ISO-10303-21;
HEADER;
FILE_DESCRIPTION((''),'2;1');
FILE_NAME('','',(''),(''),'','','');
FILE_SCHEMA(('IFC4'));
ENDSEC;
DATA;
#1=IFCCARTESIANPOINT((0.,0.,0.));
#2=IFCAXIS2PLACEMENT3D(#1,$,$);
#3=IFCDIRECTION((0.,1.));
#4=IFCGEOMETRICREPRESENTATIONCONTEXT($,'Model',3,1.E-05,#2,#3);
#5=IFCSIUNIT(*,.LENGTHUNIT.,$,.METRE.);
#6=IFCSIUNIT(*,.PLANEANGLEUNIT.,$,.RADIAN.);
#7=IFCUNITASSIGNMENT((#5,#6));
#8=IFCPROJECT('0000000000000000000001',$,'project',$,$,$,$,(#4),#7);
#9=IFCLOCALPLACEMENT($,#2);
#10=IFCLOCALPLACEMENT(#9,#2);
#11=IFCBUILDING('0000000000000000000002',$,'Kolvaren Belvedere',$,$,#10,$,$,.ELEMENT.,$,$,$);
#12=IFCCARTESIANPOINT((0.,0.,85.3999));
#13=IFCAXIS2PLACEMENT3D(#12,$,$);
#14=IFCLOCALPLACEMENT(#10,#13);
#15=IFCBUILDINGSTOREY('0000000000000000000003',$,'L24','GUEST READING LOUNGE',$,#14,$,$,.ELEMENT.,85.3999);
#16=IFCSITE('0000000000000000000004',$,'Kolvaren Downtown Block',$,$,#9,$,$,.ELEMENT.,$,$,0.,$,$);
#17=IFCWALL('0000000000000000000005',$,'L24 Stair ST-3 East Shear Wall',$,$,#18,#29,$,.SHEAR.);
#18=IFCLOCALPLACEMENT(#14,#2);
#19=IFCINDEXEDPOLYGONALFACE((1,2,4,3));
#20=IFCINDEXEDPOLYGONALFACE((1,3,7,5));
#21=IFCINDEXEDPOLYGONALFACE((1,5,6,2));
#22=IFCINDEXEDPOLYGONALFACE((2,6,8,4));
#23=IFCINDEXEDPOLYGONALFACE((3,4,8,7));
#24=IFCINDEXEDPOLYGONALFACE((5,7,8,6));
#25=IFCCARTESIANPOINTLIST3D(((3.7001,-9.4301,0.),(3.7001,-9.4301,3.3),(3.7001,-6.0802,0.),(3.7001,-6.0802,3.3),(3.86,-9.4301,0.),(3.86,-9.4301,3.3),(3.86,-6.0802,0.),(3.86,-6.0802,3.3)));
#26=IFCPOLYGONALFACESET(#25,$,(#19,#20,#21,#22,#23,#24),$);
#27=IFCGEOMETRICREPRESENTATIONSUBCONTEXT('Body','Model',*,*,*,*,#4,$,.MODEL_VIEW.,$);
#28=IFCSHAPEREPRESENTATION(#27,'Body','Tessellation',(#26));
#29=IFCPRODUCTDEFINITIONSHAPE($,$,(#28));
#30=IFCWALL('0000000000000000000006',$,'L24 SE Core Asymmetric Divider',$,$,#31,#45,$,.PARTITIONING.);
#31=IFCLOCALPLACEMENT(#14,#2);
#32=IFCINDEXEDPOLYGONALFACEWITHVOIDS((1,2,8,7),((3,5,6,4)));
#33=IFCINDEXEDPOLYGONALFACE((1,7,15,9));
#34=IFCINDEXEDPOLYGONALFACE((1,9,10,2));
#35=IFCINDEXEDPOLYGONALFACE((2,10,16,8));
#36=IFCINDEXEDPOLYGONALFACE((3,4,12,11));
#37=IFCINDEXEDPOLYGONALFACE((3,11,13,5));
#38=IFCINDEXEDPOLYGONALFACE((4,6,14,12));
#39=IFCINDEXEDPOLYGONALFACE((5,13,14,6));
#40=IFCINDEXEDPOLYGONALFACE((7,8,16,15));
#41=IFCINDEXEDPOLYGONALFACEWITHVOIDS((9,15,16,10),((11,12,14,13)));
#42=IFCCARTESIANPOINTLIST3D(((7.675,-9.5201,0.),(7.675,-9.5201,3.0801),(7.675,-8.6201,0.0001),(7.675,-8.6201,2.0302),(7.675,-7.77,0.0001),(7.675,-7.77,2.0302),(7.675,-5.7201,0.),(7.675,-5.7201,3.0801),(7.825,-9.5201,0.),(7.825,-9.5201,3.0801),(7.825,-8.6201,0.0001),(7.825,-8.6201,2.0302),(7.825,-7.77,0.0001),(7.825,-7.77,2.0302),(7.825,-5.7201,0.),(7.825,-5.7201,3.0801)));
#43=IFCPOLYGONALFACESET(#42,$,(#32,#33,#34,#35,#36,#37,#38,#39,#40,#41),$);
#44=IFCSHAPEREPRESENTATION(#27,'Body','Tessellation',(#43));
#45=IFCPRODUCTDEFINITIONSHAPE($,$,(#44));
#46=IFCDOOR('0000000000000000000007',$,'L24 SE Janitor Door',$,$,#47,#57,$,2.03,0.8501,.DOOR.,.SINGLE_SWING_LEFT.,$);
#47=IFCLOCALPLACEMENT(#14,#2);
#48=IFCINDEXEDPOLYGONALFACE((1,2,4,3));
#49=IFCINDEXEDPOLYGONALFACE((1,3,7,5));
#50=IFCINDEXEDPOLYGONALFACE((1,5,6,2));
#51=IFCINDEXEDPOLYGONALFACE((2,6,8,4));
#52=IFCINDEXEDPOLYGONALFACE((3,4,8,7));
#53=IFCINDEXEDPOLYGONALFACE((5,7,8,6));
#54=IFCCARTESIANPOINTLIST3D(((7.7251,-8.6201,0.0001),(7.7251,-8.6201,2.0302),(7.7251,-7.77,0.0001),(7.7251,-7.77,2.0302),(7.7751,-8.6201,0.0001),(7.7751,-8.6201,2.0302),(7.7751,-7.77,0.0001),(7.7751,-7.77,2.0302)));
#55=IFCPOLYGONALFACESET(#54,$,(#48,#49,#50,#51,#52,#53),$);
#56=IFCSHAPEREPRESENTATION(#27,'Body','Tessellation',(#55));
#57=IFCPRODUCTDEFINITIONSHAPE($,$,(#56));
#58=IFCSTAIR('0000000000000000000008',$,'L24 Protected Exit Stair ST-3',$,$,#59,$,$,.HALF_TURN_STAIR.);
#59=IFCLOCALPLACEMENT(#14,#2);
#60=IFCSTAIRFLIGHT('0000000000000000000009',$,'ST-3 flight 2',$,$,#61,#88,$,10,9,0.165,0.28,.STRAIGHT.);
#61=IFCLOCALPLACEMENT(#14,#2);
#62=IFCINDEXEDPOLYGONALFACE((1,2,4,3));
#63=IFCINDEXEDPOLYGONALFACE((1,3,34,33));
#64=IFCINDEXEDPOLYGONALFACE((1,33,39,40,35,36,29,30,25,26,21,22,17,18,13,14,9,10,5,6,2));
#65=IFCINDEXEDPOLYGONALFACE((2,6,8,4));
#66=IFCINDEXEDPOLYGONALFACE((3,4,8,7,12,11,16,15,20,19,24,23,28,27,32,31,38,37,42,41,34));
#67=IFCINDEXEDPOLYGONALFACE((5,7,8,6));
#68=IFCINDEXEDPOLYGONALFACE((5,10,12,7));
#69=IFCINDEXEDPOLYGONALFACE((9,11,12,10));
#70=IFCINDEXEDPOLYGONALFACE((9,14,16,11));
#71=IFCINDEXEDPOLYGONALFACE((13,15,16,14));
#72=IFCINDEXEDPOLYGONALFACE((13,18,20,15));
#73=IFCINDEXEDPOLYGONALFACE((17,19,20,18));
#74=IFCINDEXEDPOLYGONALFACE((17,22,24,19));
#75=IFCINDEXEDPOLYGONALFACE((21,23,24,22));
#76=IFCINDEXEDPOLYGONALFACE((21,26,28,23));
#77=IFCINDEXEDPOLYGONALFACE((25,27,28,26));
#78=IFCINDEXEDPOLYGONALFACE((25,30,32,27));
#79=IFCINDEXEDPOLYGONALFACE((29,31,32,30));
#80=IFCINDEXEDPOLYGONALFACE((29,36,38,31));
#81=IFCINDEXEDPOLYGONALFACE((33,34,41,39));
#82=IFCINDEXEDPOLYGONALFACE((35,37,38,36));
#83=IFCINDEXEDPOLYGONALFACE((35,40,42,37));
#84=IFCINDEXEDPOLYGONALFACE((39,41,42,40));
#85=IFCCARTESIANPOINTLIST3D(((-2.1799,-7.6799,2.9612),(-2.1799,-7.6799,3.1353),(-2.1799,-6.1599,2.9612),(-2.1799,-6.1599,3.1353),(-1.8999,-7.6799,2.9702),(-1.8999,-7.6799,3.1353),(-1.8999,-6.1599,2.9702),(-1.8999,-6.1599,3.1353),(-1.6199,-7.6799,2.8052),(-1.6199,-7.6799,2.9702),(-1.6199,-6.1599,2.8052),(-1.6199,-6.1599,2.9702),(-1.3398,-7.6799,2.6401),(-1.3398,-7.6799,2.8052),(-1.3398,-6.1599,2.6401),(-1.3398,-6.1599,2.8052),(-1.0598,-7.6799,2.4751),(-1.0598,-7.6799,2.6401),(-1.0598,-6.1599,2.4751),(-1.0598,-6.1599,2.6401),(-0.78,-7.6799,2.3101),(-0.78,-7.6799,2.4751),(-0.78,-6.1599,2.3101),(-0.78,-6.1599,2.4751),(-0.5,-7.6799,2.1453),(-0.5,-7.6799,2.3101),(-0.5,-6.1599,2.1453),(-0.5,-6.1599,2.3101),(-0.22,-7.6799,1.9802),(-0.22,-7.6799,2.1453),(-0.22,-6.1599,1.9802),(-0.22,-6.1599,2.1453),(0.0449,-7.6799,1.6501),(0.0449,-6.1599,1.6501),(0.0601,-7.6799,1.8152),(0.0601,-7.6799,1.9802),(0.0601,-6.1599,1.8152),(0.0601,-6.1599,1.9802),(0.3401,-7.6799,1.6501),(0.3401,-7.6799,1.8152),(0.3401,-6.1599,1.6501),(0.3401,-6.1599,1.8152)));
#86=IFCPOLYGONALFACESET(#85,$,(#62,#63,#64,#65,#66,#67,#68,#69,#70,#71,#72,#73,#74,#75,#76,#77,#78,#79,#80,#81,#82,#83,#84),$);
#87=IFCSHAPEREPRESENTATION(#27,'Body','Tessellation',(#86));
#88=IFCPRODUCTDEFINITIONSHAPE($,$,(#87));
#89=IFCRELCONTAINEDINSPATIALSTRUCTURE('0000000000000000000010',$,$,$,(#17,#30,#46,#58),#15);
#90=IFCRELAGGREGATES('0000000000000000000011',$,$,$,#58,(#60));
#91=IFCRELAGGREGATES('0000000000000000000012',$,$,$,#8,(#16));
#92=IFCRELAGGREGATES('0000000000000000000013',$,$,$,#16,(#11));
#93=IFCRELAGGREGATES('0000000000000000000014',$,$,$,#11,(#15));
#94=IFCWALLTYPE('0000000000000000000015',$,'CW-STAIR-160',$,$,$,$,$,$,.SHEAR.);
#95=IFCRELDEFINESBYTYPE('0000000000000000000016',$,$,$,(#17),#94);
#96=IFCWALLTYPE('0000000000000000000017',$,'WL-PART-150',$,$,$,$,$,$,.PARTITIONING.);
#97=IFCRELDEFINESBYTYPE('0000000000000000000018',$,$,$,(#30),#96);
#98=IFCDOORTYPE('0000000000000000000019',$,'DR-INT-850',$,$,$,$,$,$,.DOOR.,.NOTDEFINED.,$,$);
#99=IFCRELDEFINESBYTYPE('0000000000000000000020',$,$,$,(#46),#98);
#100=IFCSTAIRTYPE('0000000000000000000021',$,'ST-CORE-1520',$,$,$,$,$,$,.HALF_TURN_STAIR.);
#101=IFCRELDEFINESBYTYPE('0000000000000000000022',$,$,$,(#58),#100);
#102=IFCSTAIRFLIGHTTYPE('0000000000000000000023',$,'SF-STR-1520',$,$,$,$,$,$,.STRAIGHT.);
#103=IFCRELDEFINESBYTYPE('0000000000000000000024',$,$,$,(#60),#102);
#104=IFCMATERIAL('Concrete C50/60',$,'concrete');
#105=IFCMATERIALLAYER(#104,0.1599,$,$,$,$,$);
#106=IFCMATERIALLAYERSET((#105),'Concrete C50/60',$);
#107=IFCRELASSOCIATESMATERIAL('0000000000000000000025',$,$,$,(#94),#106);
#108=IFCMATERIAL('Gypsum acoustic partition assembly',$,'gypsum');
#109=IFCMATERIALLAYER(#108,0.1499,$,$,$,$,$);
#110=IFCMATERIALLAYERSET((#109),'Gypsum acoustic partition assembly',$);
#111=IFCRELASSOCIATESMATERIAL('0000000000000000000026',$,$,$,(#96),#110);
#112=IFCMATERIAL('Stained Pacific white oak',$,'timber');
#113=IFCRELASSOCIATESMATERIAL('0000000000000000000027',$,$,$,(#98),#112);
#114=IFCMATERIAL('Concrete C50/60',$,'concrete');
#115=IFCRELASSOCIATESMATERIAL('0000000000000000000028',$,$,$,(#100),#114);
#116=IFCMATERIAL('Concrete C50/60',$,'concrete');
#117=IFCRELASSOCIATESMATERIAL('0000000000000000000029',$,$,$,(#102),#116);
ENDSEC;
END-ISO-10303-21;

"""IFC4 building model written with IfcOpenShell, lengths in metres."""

from ifc_helpers import new_model, si_unit, direction, frame, frame_2d, origin, place, context, subcontext, project, spatial, polyline, rectangle, outline, extrude, material, layer, layer_set, type_object, element, fill, aggregate, save


model = new_model("IFC4")

# Units and contexts
model_context = context("Model", 3, precision=1e-05, world=origin(), true_north=direction((0.0, 1.0)))
body_context = subcontext(model_context, "Body", "Model", "MODEL_VIEW")
ifc_project = project(units=[si_unit("LENGTHUNIT", "METRE"), si_unit("PLANEANGLEUNIT", "RADIAN")], contexts=[model_context])

# Site, building, storey
site_placement = place(None, origin())
site = spatial("IfcSite", under=ifc_project, at=site_placement, Name="Kolvaren Downtown Block", CompositionType="ELEMENT", RefElevation=0.0)
building_placement = place(site_placement, origin())
building = spatial("IfcBuilding", under=site, at=building_placement, Name="Kolvaren Belvedere", CompositionType="ELEMENT")
storey_placement = place(building_placement, frame((0.0, 0.0, 85.3999)))
storey = spatial("IfcBuildingStorey", under=building, at=storey_placement, Name="L24", Description="GUEST READING LOUNGE", CompositionType="ELEMENT", Elevation=85.3999)

# Shared definitions
ifc_material_1 = material(Name="Concrete C50/60", Category="concrete")
ifc_layer_1 = layer(ifc_material_1, 0.1599)
ifc_layer_set_1 = layer_set([ifc_layer_1], Name="Concrete C50/60")
wall_type_1 = type_object("IfcWallType", Name="CW-STAIR-160", PredefinedType="SHEAR", material=ifc_layer_set_1)

# Wall
wall_1_placement = place(storey_placement, frame((3.78, -9.4299, 0.0), z_axis=(0.0, 0.0, 1.0), x_axis=(0.0, 1.0, 0.0)))
element("IfcWall", 1, at=wall_1_placement, inside=storey, type_object=wall_type_1, Name="L24 Stair ST-3 East Shear Wall", PredefinedType="SHEAR", context=body_context, shape_type="SweptSolid", body=[
    extrude(rectangle(XDim=3.3499, YDim=0.1599, at=frame_2d((1.6748, 0.0))), origin(), (0.0, 0.0, 1.0), 3.3),
])

# Wall, opening, door
ifc_material_2 = material(Name="Gypsum acoustic partition assembly", Category="gypsum")
ifc_layer_2 = layer(ifc_material_2, 0.1499)
ifc_layer_set_2 = layer_set([ifc_layer_2], Name="Gypsum acoustic partition assembly")
wall_type_2 = type_object("IfcWallType", Name="WL-PART-150", PredefinedType="PARTITIONING", material=ifc_layer_set_2)
wall_2_placement = place(storey_placement, frame((7.75, -9.52, 0.0), z_axis=(0.0, 0.0, 1.0), x_axis=(0.0, 1.0, 0.0)))
wall_2 = element("IfcWall", 2, at=wall_2_placement, inside=storey, type_object=wall_type_2, Name="L24 SE Core Asymmetric Divider", PredefinedType="PARTITIONING", context=body_context, shape_type="SweptSolid", body=[
    extrude(rectangle(XDim=3.8, YDim=0.1499, at=frame_2d((1.8999, 0.0))), origin(), (0.0, 0.0, 1.0), 3.0801),
])
opening_1_placement = place(wall_2_placement, frame((0.8999, 0.0, 0.0)))
opening_1 = element("IfcOpeningElement", 3, at=opening_1_placement, cuts=wall_2, PredefinedType="OPENING", context=body_context, shape_type="SweptSolid", body=[
    extrude(rectangle(XDim=0.8501, YDim=2.03, at=frame_2d((0.425, 1.0151))), frame((0.0, 0.085, 0.0), z_axis=(0.0, -1.0, 0.0), x_axis=(1.0, 0.0, 0.0)), (0.0, 0.0, 1.0), 0.1699),
])
ifc_material_3 = material(Name="Stained Pacific white oak", Category="timber")
door_type_1 = type_object("IfcDoorType", Name="DR-INT-850", OperationType="NOTDEFINED", PredefinedType="DOOR", material=ifc_material_3)
door_1_placement = place(opening_1_placement, origin())
door_1 = element("IfcDoor", 4, at=door_1_placement, inside=storey, type_object=door_type_1, Name="L24 SE Janitor Door", OperationType="SINGLE_SWING_LEFT", OverallHeight=2.03, OverallWidth=0.8501, PredefinedType="DOOR", context=body_context, shape_type="SweptSolid", body=[
    extrude(rectangle(XDim=0.8501, YDim=2.03, at=frame_2d((0.425, 1.0151))), frame((0.0, 0.0249, 0.0), z_axis=(0.0, -1.0, 0.0), x_axis=(1.0, 0.0, 0.0)), (0.0, 0.0, 1.0), 0.05),
])
fill(opening_1, door_1)

# Stair, stair flight
ifc_material_4 = material(Name="Concrete C50/60", Category="concrete")
stair_type = type_object("IfcStairType", Name="ST-CORE-1520", PredefinedType="HALF_TURN_STAIR", material=ifc_material_4)
stair_placement = place(storey_placement, origin())
stair = element("IfcStair", 5, at=stair_placement, inside=storey, type_object=stair_type, Name="L24 Protected Exit Stair ST-3", PredefinedType="HALF_TURN_STAIR")
ifc_material_5 = material(Name="Concrete C50/60", Category="concrete")
stair_flight_type = type_object("IfcStairFlightType", Name="SF-STR-1520", PredefinedType="STRAIGHT", material=ifc_material_5)
stair_flight_placement = place(storey_placement, frame((0.3401, -6.9199, 1.6501), z_axis=(0.0, 0.0, 1.0), x_axis=(-1.0, 0.0, 0.0)))
stair_flight = element("IfcStairFlight", 6, at=stair_flight_placement, type_object=stair_flight_type, Name="ST-3 flight 2", NumberOfRisers=10, NumberOfTreads=9, PredefinedType="STRAIGHT", RiserHeight=0.165, TreadLength=0.28, context=body_context, shape_type="SweptSolid", body=[
    extrude(outline(polyline([(0.0, 0.0), (0.0, 0.165), (0.28, 0.165), (0.28, 0.3301), (0.5601, 0.3301), (0.5601, 0.4951), (0.8401, 0.4951), (0.8401, 0.6599), (1.1201, 0.6599), (1.1201, 0.825), (1.3999, 0.825), (1.3999, 0.99), (1.6799, 0.99), (1.6799, 1.155), (1.96, 1.155), (1.96, 1.3201), (2.24, 1.3201), (2.24, 1.4851), (2.52, 1.4851), (2.52, 1.6499), (2.52, 1.311), (0.2952, 0.0), (0.0, 0.0)])), frame((0.0, 0.76, 0.0), z_axis=(0.0, -1.0, 0.0), x_axis=(1.0, 0.0, 0.0)), (0.0, 0.0, 1.0), 1.52),
])
aggregate(stair, [stair_flight])

save(model, "model.ifc")
